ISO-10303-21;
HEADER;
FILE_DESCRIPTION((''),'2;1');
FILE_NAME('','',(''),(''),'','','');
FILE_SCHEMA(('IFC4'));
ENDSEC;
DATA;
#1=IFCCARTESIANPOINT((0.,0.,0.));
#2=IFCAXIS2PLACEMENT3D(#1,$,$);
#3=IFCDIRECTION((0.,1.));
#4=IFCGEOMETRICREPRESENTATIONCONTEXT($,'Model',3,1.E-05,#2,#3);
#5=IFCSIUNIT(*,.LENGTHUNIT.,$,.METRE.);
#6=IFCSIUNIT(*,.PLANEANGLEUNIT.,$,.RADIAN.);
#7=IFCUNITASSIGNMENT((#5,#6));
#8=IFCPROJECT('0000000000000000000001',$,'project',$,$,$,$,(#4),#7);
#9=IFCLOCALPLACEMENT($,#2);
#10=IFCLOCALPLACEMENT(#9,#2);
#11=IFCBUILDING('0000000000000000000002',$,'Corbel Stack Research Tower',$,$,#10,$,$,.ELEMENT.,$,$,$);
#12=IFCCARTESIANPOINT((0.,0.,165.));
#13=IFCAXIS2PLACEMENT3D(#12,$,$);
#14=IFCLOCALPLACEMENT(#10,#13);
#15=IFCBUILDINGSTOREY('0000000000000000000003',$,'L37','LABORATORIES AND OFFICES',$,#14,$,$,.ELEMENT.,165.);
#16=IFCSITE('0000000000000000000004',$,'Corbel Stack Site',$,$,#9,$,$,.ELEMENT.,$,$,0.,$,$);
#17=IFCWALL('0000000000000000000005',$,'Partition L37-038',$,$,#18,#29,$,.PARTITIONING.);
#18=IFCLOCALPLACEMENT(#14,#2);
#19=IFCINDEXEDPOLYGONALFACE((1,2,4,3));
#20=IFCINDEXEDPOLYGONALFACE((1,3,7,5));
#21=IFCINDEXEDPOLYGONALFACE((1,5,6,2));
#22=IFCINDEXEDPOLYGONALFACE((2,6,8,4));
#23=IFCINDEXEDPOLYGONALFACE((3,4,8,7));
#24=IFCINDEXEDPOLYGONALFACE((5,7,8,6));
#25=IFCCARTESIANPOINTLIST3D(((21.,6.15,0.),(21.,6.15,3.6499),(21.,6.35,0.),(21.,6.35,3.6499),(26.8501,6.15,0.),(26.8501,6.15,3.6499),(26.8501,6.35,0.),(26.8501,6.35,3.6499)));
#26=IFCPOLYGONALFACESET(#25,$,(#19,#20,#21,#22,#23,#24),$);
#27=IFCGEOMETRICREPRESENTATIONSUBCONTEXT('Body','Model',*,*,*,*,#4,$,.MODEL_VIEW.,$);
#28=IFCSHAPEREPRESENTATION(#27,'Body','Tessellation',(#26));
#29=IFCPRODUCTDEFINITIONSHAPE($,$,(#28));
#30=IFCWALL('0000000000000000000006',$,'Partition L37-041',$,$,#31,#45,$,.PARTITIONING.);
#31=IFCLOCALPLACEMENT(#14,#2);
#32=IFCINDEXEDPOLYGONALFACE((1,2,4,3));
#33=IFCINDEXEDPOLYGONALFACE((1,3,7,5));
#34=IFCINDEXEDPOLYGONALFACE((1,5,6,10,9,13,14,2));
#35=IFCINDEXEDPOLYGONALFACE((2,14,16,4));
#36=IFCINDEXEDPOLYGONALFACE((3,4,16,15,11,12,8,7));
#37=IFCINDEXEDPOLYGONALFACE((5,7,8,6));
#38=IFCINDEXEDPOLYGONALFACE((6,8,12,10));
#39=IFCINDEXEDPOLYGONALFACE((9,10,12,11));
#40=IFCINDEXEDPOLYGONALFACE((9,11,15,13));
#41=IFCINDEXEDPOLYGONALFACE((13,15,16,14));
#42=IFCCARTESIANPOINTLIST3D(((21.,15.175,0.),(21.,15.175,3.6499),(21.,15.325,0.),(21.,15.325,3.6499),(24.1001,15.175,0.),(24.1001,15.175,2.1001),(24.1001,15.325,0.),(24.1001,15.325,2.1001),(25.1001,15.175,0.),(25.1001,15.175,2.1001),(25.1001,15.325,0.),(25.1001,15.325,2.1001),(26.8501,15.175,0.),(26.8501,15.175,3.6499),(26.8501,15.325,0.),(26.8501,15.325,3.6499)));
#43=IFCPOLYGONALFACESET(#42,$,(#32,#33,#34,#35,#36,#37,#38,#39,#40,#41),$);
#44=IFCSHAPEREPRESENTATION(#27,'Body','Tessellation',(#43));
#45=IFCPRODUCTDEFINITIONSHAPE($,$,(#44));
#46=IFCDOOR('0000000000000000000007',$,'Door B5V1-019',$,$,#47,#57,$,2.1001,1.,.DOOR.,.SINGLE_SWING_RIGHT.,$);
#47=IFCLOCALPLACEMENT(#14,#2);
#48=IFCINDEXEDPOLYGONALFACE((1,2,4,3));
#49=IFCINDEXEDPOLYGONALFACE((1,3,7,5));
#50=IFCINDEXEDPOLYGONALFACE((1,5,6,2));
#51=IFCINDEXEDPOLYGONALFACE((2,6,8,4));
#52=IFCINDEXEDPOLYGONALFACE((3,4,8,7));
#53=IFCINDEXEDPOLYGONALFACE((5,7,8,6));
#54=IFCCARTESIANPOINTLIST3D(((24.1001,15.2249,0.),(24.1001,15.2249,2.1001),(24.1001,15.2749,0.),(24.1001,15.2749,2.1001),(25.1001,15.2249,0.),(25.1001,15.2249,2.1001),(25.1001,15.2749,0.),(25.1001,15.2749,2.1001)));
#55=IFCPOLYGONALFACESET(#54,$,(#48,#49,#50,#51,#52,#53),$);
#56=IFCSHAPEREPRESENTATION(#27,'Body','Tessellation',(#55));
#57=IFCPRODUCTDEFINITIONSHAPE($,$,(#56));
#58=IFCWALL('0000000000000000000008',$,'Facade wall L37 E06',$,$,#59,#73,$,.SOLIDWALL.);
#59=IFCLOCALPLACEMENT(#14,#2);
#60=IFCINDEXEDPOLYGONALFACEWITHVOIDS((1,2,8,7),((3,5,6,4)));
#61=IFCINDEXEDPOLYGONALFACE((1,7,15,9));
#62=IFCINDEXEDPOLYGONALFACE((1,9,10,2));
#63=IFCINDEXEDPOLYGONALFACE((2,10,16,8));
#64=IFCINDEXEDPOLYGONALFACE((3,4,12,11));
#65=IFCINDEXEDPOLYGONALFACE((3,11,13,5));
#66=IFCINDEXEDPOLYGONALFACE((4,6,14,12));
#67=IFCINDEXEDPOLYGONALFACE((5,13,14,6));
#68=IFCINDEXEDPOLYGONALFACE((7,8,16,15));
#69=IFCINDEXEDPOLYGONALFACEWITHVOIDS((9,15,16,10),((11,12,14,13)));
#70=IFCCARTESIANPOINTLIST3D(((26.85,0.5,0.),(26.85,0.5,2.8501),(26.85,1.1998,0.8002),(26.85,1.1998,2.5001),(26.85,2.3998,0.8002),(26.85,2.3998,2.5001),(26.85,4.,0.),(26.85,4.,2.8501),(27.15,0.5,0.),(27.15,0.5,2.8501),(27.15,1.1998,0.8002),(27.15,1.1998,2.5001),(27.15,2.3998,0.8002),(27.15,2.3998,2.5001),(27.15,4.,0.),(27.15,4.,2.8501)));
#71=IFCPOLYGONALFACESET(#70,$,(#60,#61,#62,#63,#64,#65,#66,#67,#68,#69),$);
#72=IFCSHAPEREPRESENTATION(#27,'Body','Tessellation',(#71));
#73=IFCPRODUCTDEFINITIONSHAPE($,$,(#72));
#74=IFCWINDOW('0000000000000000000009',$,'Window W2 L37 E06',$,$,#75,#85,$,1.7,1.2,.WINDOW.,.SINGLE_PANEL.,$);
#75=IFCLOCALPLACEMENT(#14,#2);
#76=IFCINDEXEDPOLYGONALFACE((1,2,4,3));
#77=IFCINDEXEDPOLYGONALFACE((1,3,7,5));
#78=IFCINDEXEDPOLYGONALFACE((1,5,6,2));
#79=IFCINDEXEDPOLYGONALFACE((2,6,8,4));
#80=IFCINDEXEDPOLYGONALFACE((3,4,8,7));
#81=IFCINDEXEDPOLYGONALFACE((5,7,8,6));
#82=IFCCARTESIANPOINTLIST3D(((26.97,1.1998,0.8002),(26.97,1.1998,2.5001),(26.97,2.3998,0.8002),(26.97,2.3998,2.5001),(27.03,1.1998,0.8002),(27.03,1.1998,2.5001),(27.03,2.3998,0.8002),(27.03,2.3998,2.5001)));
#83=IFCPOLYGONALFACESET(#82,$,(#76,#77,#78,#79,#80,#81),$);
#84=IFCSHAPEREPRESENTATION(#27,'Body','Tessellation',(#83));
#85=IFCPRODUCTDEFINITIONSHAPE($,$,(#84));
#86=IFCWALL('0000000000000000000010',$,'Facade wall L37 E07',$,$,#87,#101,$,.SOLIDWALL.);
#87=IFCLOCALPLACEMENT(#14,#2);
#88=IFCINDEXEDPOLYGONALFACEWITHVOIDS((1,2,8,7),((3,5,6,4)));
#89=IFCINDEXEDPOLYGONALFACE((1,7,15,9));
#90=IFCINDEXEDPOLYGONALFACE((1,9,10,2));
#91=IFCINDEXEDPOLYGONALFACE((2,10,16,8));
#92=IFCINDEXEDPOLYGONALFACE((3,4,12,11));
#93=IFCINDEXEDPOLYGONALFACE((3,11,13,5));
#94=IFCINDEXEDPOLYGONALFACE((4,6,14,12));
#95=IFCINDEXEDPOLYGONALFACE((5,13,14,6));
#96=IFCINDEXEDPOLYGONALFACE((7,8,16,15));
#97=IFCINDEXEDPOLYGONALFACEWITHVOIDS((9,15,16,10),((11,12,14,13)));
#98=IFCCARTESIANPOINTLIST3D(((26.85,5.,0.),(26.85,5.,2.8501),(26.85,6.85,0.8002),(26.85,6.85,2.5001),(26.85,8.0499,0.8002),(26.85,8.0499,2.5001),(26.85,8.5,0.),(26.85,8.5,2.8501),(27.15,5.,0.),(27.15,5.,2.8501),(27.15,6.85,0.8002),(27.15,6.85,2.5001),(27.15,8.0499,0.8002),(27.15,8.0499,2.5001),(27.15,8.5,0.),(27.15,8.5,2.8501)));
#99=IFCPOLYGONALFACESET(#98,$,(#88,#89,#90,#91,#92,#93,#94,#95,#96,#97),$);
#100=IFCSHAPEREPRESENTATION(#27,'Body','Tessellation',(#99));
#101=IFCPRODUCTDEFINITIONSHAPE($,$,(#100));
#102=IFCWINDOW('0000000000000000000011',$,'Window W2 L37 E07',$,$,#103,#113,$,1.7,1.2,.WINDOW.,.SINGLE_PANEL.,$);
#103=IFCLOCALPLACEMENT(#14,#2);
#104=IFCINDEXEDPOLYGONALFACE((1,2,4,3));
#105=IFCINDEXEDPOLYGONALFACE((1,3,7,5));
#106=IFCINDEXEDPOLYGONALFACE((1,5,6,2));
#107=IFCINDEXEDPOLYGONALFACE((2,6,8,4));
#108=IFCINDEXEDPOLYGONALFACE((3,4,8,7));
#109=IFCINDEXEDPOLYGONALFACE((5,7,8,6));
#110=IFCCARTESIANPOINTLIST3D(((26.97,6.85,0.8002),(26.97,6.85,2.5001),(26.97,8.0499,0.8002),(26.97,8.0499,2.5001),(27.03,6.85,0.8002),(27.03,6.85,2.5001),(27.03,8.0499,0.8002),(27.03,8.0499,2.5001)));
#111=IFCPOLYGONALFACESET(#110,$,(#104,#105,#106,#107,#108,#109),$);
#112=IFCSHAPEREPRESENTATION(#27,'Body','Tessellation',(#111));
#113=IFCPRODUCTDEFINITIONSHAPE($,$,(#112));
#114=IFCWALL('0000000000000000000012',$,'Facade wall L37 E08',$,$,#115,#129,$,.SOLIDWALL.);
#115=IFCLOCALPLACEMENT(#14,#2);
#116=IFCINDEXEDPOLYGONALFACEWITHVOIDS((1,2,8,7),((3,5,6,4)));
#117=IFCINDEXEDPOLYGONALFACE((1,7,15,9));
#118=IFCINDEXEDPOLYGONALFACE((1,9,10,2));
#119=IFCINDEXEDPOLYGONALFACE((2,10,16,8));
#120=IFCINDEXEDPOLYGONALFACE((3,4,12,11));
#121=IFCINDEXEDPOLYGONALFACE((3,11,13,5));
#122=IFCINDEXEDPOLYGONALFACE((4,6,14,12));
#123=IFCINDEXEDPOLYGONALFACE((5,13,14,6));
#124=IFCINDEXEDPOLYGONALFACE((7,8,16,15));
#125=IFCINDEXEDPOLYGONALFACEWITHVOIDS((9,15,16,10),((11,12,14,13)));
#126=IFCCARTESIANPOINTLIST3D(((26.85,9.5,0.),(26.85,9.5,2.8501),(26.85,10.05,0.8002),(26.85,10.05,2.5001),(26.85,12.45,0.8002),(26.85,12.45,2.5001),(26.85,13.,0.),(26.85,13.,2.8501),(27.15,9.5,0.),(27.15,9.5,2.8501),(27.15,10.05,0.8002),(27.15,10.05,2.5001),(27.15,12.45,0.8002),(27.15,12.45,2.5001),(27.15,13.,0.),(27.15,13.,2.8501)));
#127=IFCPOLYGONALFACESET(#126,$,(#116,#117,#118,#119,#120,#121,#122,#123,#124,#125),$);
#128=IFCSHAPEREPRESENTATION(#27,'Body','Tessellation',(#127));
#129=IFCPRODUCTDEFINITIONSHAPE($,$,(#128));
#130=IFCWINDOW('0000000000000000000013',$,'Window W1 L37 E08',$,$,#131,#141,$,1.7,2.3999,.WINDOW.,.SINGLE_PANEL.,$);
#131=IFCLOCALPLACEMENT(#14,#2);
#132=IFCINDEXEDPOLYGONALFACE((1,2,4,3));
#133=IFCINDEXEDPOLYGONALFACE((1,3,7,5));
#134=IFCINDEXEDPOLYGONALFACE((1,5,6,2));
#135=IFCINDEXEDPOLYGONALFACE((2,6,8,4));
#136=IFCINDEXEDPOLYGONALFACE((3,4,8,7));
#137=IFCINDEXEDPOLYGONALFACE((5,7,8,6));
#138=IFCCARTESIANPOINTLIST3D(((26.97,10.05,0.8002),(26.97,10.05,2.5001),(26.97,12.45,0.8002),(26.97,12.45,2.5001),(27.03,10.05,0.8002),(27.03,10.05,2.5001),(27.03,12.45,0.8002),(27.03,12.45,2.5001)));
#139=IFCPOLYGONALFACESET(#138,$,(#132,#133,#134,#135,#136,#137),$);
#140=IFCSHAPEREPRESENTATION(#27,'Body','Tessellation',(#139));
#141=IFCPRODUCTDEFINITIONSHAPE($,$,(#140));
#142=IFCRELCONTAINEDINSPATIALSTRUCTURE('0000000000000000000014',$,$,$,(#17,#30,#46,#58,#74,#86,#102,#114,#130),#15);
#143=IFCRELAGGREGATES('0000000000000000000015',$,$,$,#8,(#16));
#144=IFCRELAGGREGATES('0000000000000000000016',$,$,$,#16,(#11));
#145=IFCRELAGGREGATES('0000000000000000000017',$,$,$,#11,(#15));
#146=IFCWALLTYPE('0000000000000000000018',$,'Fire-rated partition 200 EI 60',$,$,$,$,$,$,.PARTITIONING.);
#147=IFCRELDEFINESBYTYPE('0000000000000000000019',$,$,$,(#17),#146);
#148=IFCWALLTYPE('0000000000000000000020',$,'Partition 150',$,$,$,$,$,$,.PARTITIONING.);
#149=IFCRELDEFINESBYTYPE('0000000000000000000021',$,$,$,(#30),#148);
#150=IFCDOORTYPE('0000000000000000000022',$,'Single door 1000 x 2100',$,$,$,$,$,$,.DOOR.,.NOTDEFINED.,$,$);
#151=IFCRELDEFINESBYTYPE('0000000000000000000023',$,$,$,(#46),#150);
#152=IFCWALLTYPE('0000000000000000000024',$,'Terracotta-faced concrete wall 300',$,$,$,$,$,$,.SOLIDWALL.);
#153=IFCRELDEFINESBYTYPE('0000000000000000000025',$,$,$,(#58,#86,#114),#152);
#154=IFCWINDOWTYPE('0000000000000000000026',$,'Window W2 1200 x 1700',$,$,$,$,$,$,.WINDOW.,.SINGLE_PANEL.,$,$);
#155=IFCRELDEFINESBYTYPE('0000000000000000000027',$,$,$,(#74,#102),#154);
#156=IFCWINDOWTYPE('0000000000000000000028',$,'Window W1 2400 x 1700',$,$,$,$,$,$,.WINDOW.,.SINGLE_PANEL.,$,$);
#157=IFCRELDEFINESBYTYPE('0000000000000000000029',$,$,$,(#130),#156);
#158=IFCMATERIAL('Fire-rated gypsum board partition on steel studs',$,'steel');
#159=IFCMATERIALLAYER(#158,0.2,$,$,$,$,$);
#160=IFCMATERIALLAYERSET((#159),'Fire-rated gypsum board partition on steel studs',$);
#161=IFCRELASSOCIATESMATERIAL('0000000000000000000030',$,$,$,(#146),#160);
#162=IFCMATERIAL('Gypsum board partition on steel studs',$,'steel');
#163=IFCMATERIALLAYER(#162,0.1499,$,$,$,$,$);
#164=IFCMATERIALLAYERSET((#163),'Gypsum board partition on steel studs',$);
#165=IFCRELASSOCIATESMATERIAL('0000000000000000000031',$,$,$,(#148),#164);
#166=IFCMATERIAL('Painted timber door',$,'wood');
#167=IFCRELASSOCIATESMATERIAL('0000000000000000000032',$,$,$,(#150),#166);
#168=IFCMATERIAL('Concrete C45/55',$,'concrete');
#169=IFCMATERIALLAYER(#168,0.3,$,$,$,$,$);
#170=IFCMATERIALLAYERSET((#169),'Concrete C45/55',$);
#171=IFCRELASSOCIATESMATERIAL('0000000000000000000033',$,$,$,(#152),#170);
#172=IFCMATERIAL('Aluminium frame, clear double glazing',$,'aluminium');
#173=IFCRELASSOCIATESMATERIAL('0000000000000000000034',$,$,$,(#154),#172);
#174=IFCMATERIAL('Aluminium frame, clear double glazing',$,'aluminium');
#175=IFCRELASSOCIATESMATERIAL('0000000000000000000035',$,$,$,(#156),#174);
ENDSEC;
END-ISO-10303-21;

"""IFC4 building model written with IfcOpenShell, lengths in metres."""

from ifc_helpers import new_model, si_unit, direction, frame, frame_2d, origin, place, context, subcontext, project, spatial, rectangle, extrude, material, layer, layer_set, type_object, element, fill, save


model = new_model("IFC4")

# Units and contexts
model_context = context("Model", 3, precision=1e-05, world=origin(), true_north=direction((0.0, 1.0)))
body_context = subcontext(model_context, "Body", "Model", "MODEL_VIEW")
ifc_project = project(units=[si_unit("LENGTHUNIT", "METRE"), si_unit("PLANEANGLEUNIT", "RADIAN")], contexts=[model_context])

# Site, building, storey
site_placement = place(None, origin())
site = spatial("IfcSite", under=ifc_project, at=site_placement, Name="Corbel Stack Site", CompositionType="ELEMENT", RefElevation=0.0)
building_placement = place(site_placement, origin())
building = spatial("IfcBuilding", under=site, at=building_placement, Name="Corbel Stack Research Tower", CompositionType="ELEMENT")
storey_placement = place(building_placement, frame((0.0, 0.0, 165.0)))
storey = spatial("IfcBuildingStorey", under=building, at=storey_placement, Name="L37", Description="LABORATORIES AND OFFICES", CompositionType="ELEMENT", Elevation=165.0)

# Shared definitions
ifc_material_1 = material(Name="Fire-rated gypsum board partition on steel studs", Category="steel")
ifc_layer_1 = layer(ifc_material_1, 0.2)
ifc_layer_set_1 = layer_set([ifc_layer_1], Name="Fire-rated gypsum board partition on steel studs")
wall_type_1 = type_object("IfcWallType", Name="Fire-rated partition 200 EI 60", PredefinedType="PARTITIONING", material=ifc_layer_set_1)

# Wall
for number, where, z_axis, x_axis, name in (
    (1, (21.0, 6.25, 0.0), (0.0, 0.0, 1.0), (1.0, 0.0, 0.0), "Partition L37-038"),
):
    element("IfcWall", number, at=place(storey_placement, frame(where, z_axis=z_axis, x_axis=x_axis)), inside=storey, type_object=wall_type_1, Name=name, PredefinedType="PARTITIONING", context=body_context, shape_type="SweptSolid", body=[
        extrude(rectangle(XDim=5.8501, YDim=0.2, at=frame_2d((2.925, 0.0))), origin(), (0.0, 0.0, 1.0), 3.6499),
    ])

# Wall, opening, door
ifc_material_2 = material(Name="Gypsum board partition on steel studs", Category="steel")
ifc_layer_2 = layer(ifc_material_2, 0.1499)
ifc_layer_set_2 = layer_set([ifc_layer_2], Name="Gypsum board partition on steel studs")
wall_type_2 = type_object("IfcWallType", Name="Partition 150", PredefinedType="PARTITIONING", material=ifc_layer_set_2)
wall_1_placement = place(storey_placement, frame((21.0, 15.25, 0.0), z_axis=(0.0, 0.0, 1.0), x_axis=(1.0, 0.0, 0.0)))
wall_1 = element("IfcWall", 2, at=wall_1_placement, inside=storey, type_object=wall_type_2, Name="Partition L37-041", PredefinedType="PARTITIONING", context=body_context, shape_type="SweptSolid", body=[
    extrude(rectangle(XDim=5.8501, YDim=0.1499, at=frame_2d((2.925, 0.0))), origin(), (0.0, 0.0, 1.0), 3.6499),
])
opening_1_placement = place(wall_1_placement, frame((3.1001, 0.0, 0.0)))
opening_1 = element("IfcOpeningElement", 3, at=opening_1_placement, cuts=wall_1, PredefinedType="OPENING", context=body_context, shape_type="SweptSolid", body=[
    extrude(rectangle(XDim=1.0, YDim=2.1001, at=frame_2d((0.5, 1.05))), frame((0.0, 0.085, 0.0), z_axis=(0.0, -1.0, 0.0), x_axis=(1.0, 0.0, 0.0)), (0.0, 0.0, 1.0), 0.1699),
])
ifc_material_3 = material(Name="Painted timber door", Category="wood")
door_type_1 = type_object("IfcDoorType", Name="Single door 1000 x 2100", OperationType="NOTDEFINED", PredefinedType="DOOR", material=ifc_material_3)
door_1_placement = place(opening_1_placement, origin())
door_1 = element("IfcDoor", 4, at=door_1_placement, inside=storey, type_object=door_type_1, Name="Door B5V1-019", OperationType="SINGLE_SWING_RIGHT", OverallHeight=2.1001, OverallWidth=1.0, PredefinedType="DOOR", context=body_context, shape_type="SweptSolid", body=[
    extrude(rectangle(XDim=1.0, YDim=2.1001, at=frame_2d((0.5, 1.05))), frame((0.0, 0.0249, 0.0), z_axis=(0.0, -1.0, 0.0), x_axis=(1.0, 0.0, 0.0)), (0.0, 0.0, 1.0), 0.05),
])
fill(opening_1, door_1)

# Walls, openings, windows
ifc_material_4 = material(Name="Concrete C45/55", Category="concrete")
ifc_layer_3 = layer(ifc_material_4, 0.3)
ifc_layer_set_3 = layer_set([ifc_layer_3], Name="Concrete C45/55")
wall_type_3 = type_object("IfcWallType", Name="Terracotta-faced concrete wall 300", PredefinedType="SOLIDWALL", material=ifc_layer_set_3)
wall_2_placement = place(storey_placement, frame((27.0, 4.0, 0.0), z_axis=(0.0, 0.0, 1.0), x_axis=(0.0, -1.0, 0.0)))
wall_2 = element("IfcWall", 5, at=wall_2_placement, inside=storey, type_object=wall_type_3, Name="Facade wall L37 E06", PredefinedType="SOLIDWALL", context=body_context, shape_type="SweptSolid", body=[
    extrude(rectangle(XDim=3.5, YDim=0.3, at=frame_2d((1.75, 0.0))), origin(), (0.0, 0.0, 1.0), 2.8501),
])
opening_2_placement = place(wall_2_placement, frame((1.6001, 0.0, 0.8)))
opening_2 = element("IfcOpeningElement", 6, at=opening_2_placement, cuts=wall_2, PredefinedType="OPENING", context=body_context, shape_type="SweptSolid", body=[
    extrude(rectangle(XDim=1.2, YDim=1.7, at=frame_2d((0.6001, 0.8501))), frame((0.0, 0.1599, 0.0), z_axis=(0.0, -1.0, 0.0), x_axis=(1.0, 0.0, 0.0)), (0.0, 0.0, 1.0), 0.3201),
])
ifc_material_5 = material(Name="Aluminium frame, clear double glazing", Category="aluminium")
window_type_1 = type_object("IfcWindowType", Name="Window W2 1200 x 1700", PartitioningType="SINGLE_PANEL", PredefinedType="WINDOW", material=ifc_material_5)
window_1_placement = place(opening_2_placement, origin())
window_1 = element("IfcWindow", 7, at=window_1_placement, inside=storey, type_object=window_type_1, Name="Window W2 L37 E06", OverallHeight=1.7, OverallWidth=1.2, PartitioningType="SINGLE_PANEL", PredefinedType="WINDOW", context=body_context, shape_type="SweptSolid", body=[
    extrude(rectangle(XDim=1.2, YDim=1.7, at=frame_2d((0.6001, 0.8501))), frame((0.0, 0.03, 0.0), z_axis=(0.0, -1.0, 0.0), x_axis=(1.0, 0.0, 0.0)), (0.0, 0.0, 1.0), 0.0601),
])
fill(opening_2, window_1)
wall_3_placement = place(storey_placement, frame((27.0, 8.5, 0.0), z_axis=(0.0, 0.0, 1.0), x_axis=(0.0, -1.0, 0.0)))
wall_3 = element("IfcWall", 8, at=wall_3_placement, inside=storey, type_object=wall_type_3, Name="Facade wall L37 E07", PredefinedType="SOLIDWALL", context=body_context, shape_type="SweptSolid", body=[
    extrude(rectangle(XDim=3.5, YDim=0.3, at=frame_2d((1.75, 0.0))), origin(), (0.0, 0.0, 1.0), 2.8501),
])
opening_3_placement = place(wall_3_placement, frame((0.45, 0.0, 0.8)))
opening_3 = element("IfcOpeningElement", 9, at=opening_3_placement, cuts=wall_3, PredefinedType="OPENING", context=body_context, shape_type="SweptSolid", body=[
    extrude(rectangle(XDim=1.2, YDim=1.7, at=frame_2d((0.6001, 0.8501))), frame((0.0, 0.1599, 0.0), z_axis=(0.0, -1.0, 0.0), x_axis=(1.0, 0.0, 0.0)), (0.0, 0.0, 1.0), 0.3201),
])
window_2_placement = place(opening_3_placement, origin())
window_2 = element("IfcWindow", 10, at=window_2_placement, inside=storey, type_object=window_type_1, Name="Window W2 L37 E07", OverallHeight=1.7, OverallWidth=1.2, PartitioningType="SINGLE_PANEL", PredefinedType="WINDOW", context=body_context, shape_type="SweptSolid", body=[
    extrude(rectangle(XDim=1.2, YDim=1.7, at=frame_2d((0.6001, 0.8501))), frame((0.0, 0.03, 0.0), z_axis=(0.0, -1.0, 0.0), x_axis=(1.0, 0.0, 0.0)), (0.0, 0.0, 1.0), 0.0601),
])
fill(opening_3, window_2)
wall_4_placement = place(storey_placement, frame((27.0, 13.0, 0.0), z_axis=(0.0, 0.0, 1.0), x_axis=(0.0, -1.0, 0.0)))
wall_4 = element("IfcWall", 11, at=wall_4_placement, inside=storey, type_object=wall_type_3, Name="Facade wall L37 E08", PredefinedType="SOLIDWALL", context=body_context, shape_type="SweptSolid", body=[
    extrude(rectangle(XDim=3.5, YDim=0.3, at=frame_2d((1.75, 0.0))), origin(), (0.0, 0.0, 1.0), 2.8501),
])
opening_4_placement = place(wall_4_placement, frame((0.55, 0.0, 0.8)))
opening_4 = element("IfcOpeningElement", 12, at=opening_4_placement, cuts=wall_4, PredefinedType="OPENING", context=body_context, shape_type="SweptSolid", body=[
    extrude(rectangle(XDim=2.3999, YDim=1.7, at=frame_2d((1.2, 0.8501))), frame((0.0, 0.1599, 0.0), z_axis=(0.0, -1.0, 0.0), x_axis=(1.0, 0.0, 0.0)), (0.0, 0.0, 1.0), 0.3201),
])
ifc_material_6 = material(Name="Aluminium frame, clear double glazing", Category="aluminium")
window_type_2 = type_object("IfcWindowType", Name="Window W1 2400 x 1700", PartitioningType="SINGLE_PANEL", PredefinedType="WINDOW", material=ifc_material_6)
window_3_placement = place(opening_4_placement, origin())
window_3 = element("IfcWindow", 13, at=window_3_placement, inside=storey, type_object=window_type_2, Name="Window W1 L37 E08", OverallHeight=1.7, OverallWidth=2.3999, PartitioningType="SINGLE_PANEL", PredefinedType="WINDOW", context=body_context, shape_type="SweptSolid", body=[
    extrude(rectangle(XDim=2.3999, YDim=1.7, at=frame_2d((1.2, 0.8501))), frame((0.0, 0.03, 0.0), z_axis=(0.0, -1.0, 0.0), x_axis=(1.0, 0.0, 0.0)), (0.0, 0.0, 1.0), 0.0601),
])
fill(opening_4, window_3)

save(model, "model.ifc")
